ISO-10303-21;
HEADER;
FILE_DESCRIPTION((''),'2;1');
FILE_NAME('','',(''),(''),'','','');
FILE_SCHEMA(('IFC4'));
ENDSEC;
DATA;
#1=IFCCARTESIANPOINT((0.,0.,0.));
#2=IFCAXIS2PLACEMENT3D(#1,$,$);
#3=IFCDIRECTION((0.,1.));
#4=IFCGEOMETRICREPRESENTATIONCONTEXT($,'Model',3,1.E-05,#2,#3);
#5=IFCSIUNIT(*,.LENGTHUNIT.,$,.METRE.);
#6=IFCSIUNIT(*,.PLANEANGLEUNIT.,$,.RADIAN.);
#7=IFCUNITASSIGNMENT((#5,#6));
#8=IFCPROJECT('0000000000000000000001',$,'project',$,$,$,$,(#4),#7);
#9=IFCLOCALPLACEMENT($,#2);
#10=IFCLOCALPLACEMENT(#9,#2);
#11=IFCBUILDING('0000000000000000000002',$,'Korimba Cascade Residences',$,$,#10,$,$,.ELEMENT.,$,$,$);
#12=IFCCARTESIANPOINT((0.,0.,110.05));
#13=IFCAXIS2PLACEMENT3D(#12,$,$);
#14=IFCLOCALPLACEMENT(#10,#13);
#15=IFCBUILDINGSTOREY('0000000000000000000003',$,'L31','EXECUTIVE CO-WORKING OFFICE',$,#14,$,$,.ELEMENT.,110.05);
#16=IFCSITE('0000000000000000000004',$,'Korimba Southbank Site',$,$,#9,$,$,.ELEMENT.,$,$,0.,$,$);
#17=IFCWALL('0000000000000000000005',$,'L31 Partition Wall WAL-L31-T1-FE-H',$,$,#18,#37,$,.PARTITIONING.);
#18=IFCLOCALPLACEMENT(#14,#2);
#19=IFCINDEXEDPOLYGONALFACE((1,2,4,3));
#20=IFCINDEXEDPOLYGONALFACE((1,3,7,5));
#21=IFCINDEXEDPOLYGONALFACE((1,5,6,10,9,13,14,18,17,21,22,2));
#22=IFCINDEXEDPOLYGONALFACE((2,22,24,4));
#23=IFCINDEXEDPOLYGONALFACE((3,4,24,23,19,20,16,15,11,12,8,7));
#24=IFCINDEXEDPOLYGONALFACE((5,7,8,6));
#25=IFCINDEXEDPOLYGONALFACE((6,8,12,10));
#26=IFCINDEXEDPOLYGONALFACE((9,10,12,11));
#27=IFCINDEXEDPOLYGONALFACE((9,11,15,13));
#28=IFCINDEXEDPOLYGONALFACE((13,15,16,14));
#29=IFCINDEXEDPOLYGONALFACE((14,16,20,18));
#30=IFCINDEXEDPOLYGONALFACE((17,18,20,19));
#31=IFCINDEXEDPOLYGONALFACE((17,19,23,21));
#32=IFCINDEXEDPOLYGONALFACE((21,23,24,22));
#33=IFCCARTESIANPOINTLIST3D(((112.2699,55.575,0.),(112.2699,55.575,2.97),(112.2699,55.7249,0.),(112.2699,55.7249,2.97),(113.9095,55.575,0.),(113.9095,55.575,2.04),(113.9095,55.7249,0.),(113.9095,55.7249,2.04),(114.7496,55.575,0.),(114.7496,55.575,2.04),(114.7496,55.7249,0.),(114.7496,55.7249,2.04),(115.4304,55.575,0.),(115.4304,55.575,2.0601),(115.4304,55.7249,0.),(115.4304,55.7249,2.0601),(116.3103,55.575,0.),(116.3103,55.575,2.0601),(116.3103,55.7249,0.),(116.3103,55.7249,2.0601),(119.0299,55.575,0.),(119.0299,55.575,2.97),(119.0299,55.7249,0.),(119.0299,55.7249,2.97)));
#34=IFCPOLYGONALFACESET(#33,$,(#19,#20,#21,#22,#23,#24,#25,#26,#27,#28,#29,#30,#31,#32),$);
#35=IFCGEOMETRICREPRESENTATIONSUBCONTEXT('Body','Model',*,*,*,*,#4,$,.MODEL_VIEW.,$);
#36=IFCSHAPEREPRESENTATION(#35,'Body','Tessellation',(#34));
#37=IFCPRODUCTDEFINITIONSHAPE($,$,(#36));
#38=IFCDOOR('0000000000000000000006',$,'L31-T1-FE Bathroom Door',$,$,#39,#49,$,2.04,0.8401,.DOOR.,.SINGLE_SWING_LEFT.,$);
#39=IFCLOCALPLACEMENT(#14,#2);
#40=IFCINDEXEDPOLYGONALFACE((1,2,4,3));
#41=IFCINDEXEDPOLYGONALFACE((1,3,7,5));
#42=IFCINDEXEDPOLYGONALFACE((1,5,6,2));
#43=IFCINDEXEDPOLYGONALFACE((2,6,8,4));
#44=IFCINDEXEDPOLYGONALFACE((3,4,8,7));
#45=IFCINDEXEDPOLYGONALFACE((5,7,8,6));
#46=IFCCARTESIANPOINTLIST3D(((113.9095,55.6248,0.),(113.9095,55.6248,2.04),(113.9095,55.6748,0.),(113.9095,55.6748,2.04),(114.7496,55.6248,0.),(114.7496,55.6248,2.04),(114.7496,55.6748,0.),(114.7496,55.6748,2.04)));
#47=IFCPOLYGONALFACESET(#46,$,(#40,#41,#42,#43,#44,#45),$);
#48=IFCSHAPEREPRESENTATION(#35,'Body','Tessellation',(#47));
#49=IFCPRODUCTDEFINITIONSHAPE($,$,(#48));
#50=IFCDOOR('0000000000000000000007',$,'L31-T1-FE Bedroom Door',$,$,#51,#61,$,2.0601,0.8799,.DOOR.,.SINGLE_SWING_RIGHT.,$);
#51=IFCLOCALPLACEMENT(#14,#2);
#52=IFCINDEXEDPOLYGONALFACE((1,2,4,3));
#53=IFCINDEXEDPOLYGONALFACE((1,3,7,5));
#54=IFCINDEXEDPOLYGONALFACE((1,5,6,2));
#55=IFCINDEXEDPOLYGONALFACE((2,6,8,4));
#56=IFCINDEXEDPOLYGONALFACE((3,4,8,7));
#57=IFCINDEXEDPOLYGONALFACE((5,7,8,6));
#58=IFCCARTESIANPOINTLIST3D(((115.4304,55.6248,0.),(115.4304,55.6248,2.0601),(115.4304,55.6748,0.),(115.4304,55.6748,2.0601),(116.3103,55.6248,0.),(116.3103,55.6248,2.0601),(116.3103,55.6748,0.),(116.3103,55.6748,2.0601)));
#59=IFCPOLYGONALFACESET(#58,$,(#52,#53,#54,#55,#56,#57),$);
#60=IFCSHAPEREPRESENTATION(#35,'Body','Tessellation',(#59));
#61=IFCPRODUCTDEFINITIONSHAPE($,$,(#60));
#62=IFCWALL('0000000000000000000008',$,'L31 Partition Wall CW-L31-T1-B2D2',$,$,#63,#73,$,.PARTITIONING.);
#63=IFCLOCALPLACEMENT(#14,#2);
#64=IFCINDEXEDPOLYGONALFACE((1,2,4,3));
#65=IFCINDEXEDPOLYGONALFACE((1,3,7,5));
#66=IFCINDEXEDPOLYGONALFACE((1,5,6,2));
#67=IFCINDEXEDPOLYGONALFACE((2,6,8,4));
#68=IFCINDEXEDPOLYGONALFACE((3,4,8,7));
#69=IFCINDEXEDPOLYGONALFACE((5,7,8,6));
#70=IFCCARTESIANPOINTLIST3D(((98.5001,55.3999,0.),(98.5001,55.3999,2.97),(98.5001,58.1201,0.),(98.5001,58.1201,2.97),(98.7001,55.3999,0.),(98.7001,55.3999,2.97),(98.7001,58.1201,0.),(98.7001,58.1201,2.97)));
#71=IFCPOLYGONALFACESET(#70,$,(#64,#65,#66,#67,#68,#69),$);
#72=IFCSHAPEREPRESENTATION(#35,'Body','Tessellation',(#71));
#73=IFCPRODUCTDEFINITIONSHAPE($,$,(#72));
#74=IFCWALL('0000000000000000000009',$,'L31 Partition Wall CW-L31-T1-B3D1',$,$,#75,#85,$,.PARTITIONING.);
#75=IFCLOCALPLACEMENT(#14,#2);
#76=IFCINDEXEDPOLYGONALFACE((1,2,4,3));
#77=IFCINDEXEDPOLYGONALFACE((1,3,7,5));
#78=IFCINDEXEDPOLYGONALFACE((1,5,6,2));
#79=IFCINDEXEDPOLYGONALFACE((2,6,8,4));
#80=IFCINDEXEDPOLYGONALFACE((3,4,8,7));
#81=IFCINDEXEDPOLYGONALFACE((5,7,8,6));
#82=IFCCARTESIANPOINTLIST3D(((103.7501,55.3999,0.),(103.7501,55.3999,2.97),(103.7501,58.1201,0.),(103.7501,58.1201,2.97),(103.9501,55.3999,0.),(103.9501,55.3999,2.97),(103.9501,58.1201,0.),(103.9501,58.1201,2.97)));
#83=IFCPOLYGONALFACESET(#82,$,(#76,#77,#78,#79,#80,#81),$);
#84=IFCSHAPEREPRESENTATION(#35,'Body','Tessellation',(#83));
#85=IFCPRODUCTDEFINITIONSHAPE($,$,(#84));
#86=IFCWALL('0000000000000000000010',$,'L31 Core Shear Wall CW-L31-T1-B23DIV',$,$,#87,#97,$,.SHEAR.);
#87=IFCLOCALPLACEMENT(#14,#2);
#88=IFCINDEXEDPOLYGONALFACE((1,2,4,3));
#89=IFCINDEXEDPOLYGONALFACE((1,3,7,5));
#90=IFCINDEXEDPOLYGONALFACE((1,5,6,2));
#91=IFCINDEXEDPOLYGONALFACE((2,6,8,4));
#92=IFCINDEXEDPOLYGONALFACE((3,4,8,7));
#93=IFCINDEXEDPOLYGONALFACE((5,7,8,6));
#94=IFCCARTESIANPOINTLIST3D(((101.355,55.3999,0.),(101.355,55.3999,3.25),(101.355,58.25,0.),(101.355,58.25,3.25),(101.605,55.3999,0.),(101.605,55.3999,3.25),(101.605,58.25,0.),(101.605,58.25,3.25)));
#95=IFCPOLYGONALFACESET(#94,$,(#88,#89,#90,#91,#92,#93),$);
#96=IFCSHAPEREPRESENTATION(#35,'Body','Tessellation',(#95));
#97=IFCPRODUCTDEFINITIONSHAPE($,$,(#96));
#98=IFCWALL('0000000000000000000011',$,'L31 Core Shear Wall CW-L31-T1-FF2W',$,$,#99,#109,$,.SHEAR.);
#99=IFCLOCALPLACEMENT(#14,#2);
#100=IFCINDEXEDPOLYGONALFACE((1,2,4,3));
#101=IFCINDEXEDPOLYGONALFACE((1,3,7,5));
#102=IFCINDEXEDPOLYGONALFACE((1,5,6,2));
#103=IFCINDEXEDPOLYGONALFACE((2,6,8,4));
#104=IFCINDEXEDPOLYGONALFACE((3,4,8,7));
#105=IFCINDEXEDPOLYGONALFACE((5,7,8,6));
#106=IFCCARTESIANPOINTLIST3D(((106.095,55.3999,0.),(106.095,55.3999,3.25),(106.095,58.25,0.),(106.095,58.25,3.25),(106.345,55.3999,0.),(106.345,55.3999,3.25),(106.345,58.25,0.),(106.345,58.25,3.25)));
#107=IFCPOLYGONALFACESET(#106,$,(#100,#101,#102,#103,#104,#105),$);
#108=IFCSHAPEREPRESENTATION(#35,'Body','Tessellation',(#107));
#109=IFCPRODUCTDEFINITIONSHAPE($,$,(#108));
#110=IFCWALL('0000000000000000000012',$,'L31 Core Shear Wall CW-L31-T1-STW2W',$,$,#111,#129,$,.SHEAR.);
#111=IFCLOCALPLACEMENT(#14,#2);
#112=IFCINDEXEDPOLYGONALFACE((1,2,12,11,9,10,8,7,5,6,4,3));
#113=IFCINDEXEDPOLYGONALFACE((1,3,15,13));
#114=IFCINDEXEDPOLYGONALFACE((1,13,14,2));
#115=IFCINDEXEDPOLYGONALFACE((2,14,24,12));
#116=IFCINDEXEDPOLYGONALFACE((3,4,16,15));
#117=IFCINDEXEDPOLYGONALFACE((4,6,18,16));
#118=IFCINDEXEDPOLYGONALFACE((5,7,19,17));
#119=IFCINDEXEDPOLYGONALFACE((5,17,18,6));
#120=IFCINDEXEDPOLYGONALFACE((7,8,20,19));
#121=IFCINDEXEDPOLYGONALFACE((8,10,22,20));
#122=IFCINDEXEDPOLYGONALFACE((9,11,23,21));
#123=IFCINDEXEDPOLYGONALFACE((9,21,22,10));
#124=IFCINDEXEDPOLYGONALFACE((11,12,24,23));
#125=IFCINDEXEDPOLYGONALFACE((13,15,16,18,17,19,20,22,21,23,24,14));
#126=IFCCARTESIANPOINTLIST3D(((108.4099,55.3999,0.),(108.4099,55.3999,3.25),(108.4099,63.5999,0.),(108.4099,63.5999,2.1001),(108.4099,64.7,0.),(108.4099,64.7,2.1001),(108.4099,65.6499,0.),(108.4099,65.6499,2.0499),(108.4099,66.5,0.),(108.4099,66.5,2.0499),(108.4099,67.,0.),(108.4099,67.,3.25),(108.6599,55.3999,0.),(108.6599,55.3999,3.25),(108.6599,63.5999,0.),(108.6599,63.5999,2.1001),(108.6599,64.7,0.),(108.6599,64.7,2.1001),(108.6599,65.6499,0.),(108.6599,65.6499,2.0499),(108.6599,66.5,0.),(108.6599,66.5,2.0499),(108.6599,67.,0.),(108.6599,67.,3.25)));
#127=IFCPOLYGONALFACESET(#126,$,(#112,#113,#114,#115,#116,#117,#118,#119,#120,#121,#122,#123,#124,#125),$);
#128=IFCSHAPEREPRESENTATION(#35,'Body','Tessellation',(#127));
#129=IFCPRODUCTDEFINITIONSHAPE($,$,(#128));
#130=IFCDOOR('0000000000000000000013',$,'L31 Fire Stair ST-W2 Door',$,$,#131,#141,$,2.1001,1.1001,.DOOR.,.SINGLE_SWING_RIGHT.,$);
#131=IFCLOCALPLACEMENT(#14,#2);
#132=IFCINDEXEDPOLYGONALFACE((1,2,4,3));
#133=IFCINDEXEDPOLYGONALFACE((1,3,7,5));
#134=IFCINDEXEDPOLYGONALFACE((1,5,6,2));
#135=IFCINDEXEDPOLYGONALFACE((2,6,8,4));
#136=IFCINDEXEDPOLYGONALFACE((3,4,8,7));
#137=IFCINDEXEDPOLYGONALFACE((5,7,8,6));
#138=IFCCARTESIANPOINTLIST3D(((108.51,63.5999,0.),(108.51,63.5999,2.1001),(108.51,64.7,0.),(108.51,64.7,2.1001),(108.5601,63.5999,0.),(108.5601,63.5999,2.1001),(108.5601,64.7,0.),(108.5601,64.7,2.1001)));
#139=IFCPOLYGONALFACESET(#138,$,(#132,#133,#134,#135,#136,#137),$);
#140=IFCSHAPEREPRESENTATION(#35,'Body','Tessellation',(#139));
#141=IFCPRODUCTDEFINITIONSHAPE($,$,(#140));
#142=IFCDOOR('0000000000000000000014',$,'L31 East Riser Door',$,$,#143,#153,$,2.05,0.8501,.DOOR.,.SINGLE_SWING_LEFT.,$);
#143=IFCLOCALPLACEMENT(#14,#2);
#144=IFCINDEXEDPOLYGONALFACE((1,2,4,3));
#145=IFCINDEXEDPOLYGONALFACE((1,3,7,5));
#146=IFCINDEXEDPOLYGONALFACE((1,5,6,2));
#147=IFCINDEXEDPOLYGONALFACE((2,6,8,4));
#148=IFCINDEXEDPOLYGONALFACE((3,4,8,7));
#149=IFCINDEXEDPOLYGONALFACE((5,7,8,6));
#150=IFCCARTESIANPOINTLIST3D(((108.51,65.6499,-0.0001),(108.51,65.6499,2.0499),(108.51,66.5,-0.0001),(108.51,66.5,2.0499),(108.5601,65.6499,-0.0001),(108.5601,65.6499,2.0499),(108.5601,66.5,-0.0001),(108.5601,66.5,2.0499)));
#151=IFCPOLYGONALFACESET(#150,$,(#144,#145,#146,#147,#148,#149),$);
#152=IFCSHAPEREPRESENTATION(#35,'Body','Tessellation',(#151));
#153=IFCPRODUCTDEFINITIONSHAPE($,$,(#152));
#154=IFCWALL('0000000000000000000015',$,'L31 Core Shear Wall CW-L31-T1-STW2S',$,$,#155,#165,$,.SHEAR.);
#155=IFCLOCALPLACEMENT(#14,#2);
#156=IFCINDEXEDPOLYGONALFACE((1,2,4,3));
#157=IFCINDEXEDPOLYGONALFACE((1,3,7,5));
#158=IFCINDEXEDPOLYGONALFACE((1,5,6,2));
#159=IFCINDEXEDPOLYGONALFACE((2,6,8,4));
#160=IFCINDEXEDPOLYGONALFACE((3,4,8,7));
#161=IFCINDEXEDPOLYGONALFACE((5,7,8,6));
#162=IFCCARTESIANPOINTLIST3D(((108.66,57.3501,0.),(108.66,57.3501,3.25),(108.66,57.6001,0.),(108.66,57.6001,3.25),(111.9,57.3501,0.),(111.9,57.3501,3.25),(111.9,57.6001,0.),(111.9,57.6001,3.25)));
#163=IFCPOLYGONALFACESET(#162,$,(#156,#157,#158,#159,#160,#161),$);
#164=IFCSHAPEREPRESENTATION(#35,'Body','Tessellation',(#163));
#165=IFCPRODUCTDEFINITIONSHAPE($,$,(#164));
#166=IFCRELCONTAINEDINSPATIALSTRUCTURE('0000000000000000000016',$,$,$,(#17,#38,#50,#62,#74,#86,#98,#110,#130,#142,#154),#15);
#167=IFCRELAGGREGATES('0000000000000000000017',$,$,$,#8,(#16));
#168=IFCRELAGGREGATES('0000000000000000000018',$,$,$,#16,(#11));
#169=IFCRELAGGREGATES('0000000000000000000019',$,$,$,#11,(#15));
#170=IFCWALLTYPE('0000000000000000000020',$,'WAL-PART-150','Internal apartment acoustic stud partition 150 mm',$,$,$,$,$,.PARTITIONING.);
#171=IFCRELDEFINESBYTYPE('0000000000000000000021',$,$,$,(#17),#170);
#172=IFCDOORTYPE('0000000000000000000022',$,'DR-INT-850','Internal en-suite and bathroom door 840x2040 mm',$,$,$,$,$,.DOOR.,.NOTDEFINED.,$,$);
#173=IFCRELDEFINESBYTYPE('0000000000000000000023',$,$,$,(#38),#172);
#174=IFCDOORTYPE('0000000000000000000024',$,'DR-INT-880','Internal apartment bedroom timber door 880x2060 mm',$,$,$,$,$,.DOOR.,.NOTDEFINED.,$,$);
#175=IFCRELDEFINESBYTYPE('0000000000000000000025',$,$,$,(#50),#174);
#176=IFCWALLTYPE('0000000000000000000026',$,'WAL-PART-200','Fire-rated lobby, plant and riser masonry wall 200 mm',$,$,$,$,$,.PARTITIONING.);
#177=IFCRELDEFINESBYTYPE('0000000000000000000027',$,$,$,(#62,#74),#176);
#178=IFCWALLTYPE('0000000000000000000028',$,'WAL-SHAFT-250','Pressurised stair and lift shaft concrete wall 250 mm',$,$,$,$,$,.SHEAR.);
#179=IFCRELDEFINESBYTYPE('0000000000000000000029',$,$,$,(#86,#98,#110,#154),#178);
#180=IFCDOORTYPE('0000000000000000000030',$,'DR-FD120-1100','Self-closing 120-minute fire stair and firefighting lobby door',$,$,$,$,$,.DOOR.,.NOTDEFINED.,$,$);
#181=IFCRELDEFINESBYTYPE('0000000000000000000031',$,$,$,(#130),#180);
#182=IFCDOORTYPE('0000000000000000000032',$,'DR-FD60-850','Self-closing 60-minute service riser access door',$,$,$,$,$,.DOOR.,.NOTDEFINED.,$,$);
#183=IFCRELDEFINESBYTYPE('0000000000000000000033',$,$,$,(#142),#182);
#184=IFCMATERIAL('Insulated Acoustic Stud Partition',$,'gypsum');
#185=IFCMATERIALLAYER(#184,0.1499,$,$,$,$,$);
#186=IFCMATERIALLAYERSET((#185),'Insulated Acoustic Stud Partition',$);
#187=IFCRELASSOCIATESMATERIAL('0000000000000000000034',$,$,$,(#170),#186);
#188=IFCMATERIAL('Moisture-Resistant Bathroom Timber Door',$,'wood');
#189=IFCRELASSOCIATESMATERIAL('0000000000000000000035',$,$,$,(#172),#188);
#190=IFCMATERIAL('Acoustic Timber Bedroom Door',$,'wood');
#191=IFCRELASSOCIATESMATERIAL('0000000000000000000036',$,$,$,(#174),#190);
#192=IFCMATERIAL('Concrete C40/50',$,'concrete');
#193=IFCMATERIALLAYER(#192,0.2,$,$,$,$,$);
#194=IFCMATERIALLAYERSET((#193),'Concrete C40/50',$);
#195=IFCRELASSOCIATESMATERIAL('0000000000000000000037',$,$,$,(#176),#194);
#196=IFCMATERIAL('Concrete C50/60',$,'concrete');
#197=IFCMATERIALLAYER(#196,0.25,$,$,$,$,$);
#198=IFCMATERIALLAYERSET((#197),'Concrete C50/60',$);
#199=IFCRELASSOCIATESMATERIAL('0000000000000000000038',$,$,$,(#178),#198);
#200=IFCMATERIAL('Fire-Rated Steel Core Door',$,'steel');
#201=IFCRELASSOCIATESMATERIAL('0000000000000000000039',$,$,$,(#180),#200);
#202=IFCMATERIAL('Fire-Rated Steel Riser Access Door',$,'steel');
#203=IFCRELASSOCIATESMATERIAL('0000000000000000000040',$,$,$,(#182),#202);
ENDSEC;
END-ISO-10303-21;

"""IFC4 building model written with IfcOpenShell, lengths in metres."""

from ifc_helpers import new_model, si_unit, direction, frame, frame_2d, origin, place, context, subcontext, project, spatial, rectangle, extrude, material, layer, layer_set, type_object, element, fill, save


model = new_model("IFC4")

# Units and contexts
model_context = context("Model", 3, precision=1e-05, world=origin(), true_north=direction((0.0, 1.0)))
body_context = subcontext(model_context, "Body", "Model", "MODEL_VIEW")
ifc_project = project(units=[si_unit("LENGTHUNIT", "METRE"), si_unit("PLANEANGLEUNIT", "RADIAN")], contexts=[model_context])

# Site, building, storey
site_placement = place(None, origin())
site = spatial("IfcSite", under=ifc_project, at=site_placement, Name="Korimba Southbank Site", CompositionType="ELEMENT", RefElevation=0.0)
building_placement = place(site_placement, origin())
building = spatial("IfcBuilding", under=site, at=building_placement, Name="Korimba Cascade Residences", CompositionType="ELEMENT")
storey_placement = place(building_placement, frame((0.0, 0.0, 110.05)))
storey = spatial("IfcBuildingStorey", under=building, at=storey_placement, Name="L31", Description="EXECUTIVE CO-WORKING OFFICE", CompositionType="ELEMENT", Elevation=110.05)

# Shared definitions
ifc_material_1 = material(Name="Insulated Acoustic Stud Partition", Category="gypsum")
ifc_layer_1 = layer(ifc_material_1, 0.1499)
ifc_layer_set_1 = layer_set([ifc_layer_1], Name="Insulated Acoustic Stud Partition")
wall_type_1 = type_object("IfcWallType", Name="WAL-PART-150", Description="Internal apartment acoustic stud partition 150 mm", PredefinedType="PARTITIONING", material=ifc_layer_set_1)

# Wall, openings, doors
wall_1_placement = place(storey_placement, frame((112.27, 55.6499, 0.0), z_axis=(0.0, 0.0, 1.0), x_axis=(1.0, 0.0, 0.0)))
wall_1 = element("IfcWall", 1, at=wall_1_placement, inside=storey, type_object=wall_type_1, Name="L31 Partition Wall WAL-L31-T1-FE-H", PredefinedType="PARTITIONING", context=body_context, shape_type="SweptSolid", body=[
    extrude(rectangle(XDim=6.76, YDim=0.1499, at=frame_2d((3.3799, 0.0))), origin(), (0.0, 0.0, 1.0), 2.97),
])
opening_1_placement = place(wall_1_placement, frame((1.6396, 0.0, 0.0)))
opening_1 = element("IfcOpeningElement", 2, at=opening_1_placement, cuts=wall_1, PredefinedType="OPENING", context=body_context, shape_type="SweptSolid", body=[
    extrude(rectangle(XDim=0.8401, YDim=2.04, at=frame_2d((0.4199, 1.02))), frame((0.0, 0.085, 0.0), z_axis=(0.0, -1.0, 0.0), x_axis=(1.0, 0.0, 0.0)), (0.0, 0.0, 1.0), 0.1699),
])
opening_2_placement = place(wall_1_placement, frame((3.1604, 0.0, 0.0)))
opening_2 = element("IfcOpeningElement", 3, at=opening_2_placement, cuts=wall_1, PredefinedType="OPENING", context=body_context, shape_type="SweptSolid", body=[
    extrude(rectangle(XDim=0.8799, YDim=2.0601, at=frame_2d((0.4399, 1.03))), frame((0.0, 0.085, 0.0), z_axis=(0.0, -1.0, 0.0), x_axis=(1.0, 0.0, 0.0)), (0.0, 0.0, 1.0), 0.1699),
])
ifc_material_2 = material(Name="Moisture-Resistant Bathroom Timber Door", Category="wood")
door_type_1 = type_object("IfcDoorType", Name="DR-INT-850", Description="Internal en-suite and bathroom door 840x2040 mm", OperationType="NOTDEFINED", PredefinedType="DOOR", material=ifc_material_2)
door_1_placement = place(opening_1_placement, origin())
door_1 = element("IfcDoor", 4, at=door_1_placement, inside=storey, type_object=door_type_1, Name="L31-T1-FE Bathroom Door", OperationType="SINGLE_SWING_LEFT", OverallHeight=2.04, OverallWidth=0.8401, PredefinedType="DOOR", context=body_context, shape_type="SweptSolid", body=[
    extrude(rectangle(XDim=0.8401, YDim=2.04, at=frame_2d((0.4199, 1.02))), frame((0.0, 0.0249, 0.0), z_axis=(0.0, -1.0, 0.0), x_axis=(1.0, 0.0, 0.0)), (0.0, 0.0, 1.0), 0.05),
])
fill(opening_1, door_1)
ifc_material_3 = material(Name="Acoustic Timber Bedroom Door", Category="wood")
door_type_2 = type_object("IfcDoorType", Name="DR-INT-880", Description="Internal apartment bedroom timber door 880x2060 mm", OperationType="NOTDEFINED", PredefinedType="DOOR", material=ifc_material_3)
door_2_placement = place(opening_2_placement, origin())
door_2 = element("IfcDoor", 5, at=door_2_placement, inside=storey, type_object=door_type_2, Name="L31-T1-FE Bedroom Door", OperationType="SINGLE_SWING_RIGHT", OverallHeight=2.0601, OverallWidth=0.8799, PredefinedType="DOOR", context=body_context, shape_type="SweptSolid", body=[
    extrude(rectangle(XDim=0.8799, YDim=2.0601, at=frame_2d((0.4399, 1.03))), frame((0.0, 0.0249, 0.0), z_axis=(0.0, -1.0, 0.0), x_axis=(1.0, 0.0, 0.0)), (0.0, 0.0, 1.0), 0.05),
])
fill(opening_2, door_2)

# Walls
ifc_material_4 = material(Name="Concrete C40/50", Category="concrete")
ifc_layer_2 = layer(ifc_material_4, 0.2)
ifc_layer_set_2 = layer_set([ifc_layer_2], Name="Concrete C40/50")
wall_type_2 = type_object("IfcWallType", Name="WAL-PART-200", Description="Fire-rated lobby, plant and riser masonry wall 200 mm", PredefinedType="PARTITIONING", material=ifc_layer_set_2)
for number, where, z_axis, x_axis, name in (
    (6, (98.6001, 55.3999, 0.0), (0.0, 0.0, 1.0), (0.0, 1.0, 0.0), "L31 Partition Wall CW-L31-T1-B2D2"),
    (7, (103.8501, 55.3999, 0.0), (0.0, 0.0, 1.0), (0.0, 1.0, 0.0), "L31 Partition Wall CW-L31-T1-B3D1"),
):
    element("IfcWall", number, at=place(storey_placement, frame(where, z_axis=z_axis, x_axis=x_axis)), inside=storey, type_object=wall_type_2, Name=name, PredefinedType="PARTITIONING", context=body_context, shape_type="SweptSolid", body=[
        extrude(rectangle(XDim=2.7202, YDim=0.2, at=frame_2d((1.3601, 0.0))), origin(), (0.0, 0.0, 1.0), 2.97),
    ])
ifc_material_5 = material(Name="Concrete C50/60", Category="concrete")
ifc_layer_3 = layer(ifc_material_5, 0.25)
ifc_layer_set_3 = layer_set([ifc_layer_3], Name="Concrete C50/60")
wall_type_3 = type_object("IfcWallType", Name="WAL-SHAFT-250", Description="Pressurised stair and lift shaft concrete wall 250 mm", PredefinedType="SHEAR", material=ifc_layer_set_3)
for number, where, z_axis, x_axis, name in (
    (8, (101.48, 55.3999, 0.0), (0.0, 0.0, 1.0), (0.0, 1.0, 0.0), "L31 Core Shear Wall CW-L31-T1-B23DIV"),
    (9, (106.22, 55.3999, 0.0), (0.0, 0.0, 1.0), (0.0, 1.0, 0.0), "L31 Core Shear Wall CW-L31-T1-FF2W"),
):
    element("IfcWall", number, at=place(storey_placement, frame(where, z_axis=z_axis, x_axis=x_axis)), inside=storey, type_object=wall_type_3, Name=name, PredefinedType="SHEAR", context=body_context, shape_type="SweptSolid", body=[
        extrude(rectangle(XDim=2.8501, YDim=0.25, at=frame_2d((1.425, 0.0))), origin(), (0.0, 0.0, 1.0), 3.25),
    ])

# Wall, openings, doors
wall_2_placement = place(storey_placement, frame((108.5349, 55.3999, 0.0), z_axis=(0.0, 0.0, 1.0), x_axis=(0.0, 1.0, 0.0)))
wall_2 = element("IfcWall", 10, at=wall_2_placement, inside=storey, type_object=wall_type_3, Name="L31 Core Shear Wall CW-L31-T1-STW2W", PredefinedType="SHEAR", context=body_context, shape_type="SweptSolid", body=[
    extrude(rectangle(XDim=11.6001, YDim=0.25, at=frame_2d((5.8, 0.0))), origin(), (0.0, 0.0, 1.0), 3.25),
])
opening_3_placement = place(wall_2_placement, frame((8.2, 0.0, 0.0)))
opening_3 = element("IfcOpeningElement", 11, at=opening_3_placement, cuts=wall_2, PredefinedType="OPENING", context=body_context, shape_type="SweptSolid", body=[
    extrude(rectangle(XDim=1.1001, YDim=2.1001, at=frame_2d((0.55, 1.05))), frame((0.0, 0.135, 0.0), z_axis=(0.0, -1.0, 0.0), x_axis=(1.0, 0.0, 0.0)), (0.0, 0.0, 1.0), 0.27),
])
opening_4_placement = place(wall_2_placement, frame((10.25, 0.0, 0.0)))
opening_4 = element("IfcOpeningElement", 12, at=opening_4_placement, cuts=wall_2, PredefinedType="OPENING", context=body_context, shape_type="SweptSolid", body=[
    extrude(rectangle(XDim=0.8501, YDim=2.05, at=frame_2d((0.425, 1.0249))), frame((0.0, 0.135, 0.0), z_axis=(0.0, -1.0, 0.0), x_axis=(1.0, 0.0, 0.0)), (0.0, 0.0, 1.0), 0.27),
])
ifc_material_6 = material(Name="Fire-Rated Steel Core Door", Category="steel")
door_type_3 = type_object("IfcDoorType", Name="DR-FD120-1100", Description="Self-closing 120-minute fire stair and firefighting lobby door", OperationType="NOTDEFINED", PredefinedType="DOOR", material=ifc_material_6)
door_3_placement = place(opening_3_placement, origin())
door_3 = element("IfcDoor", 13, at=door_3_placement, inside=storey, type_object=door_type_3, Name="L31 Fire Stair ST-W2 Door", OperationType="SINGLE_SWING_RIGHT", OverallHeight=2.1001, OverallWidth=1.1001, PredefinedType="DOOR", context=body_context, shape_type="SweptSolid", body=[
    extrude(rectangle(XDim=1.1001, YDim=2.1001, at=frame_2d((0.55, 1.05))), frame((0.0, 0.0249, 0.0), z_axis=(0.0, -1.0, 0.0), x_axis=(1.0, 0.0, 0.0)), (0.0, 0.0, 1.0), 0.05),
])
fill(opening_3, door_3)
ifc_material_7 = material(Name="Fire-Rated Steel Riser Access Door", Category="steel")
door_type_4 = type_object("IfcDoorType", Name="DR-FD60-850", Description="Self-closing 60-minute service riser access door", OperationType="NOTDEFINED", PredefinedType="DOOR", material=ifc_material_7)
door_4_placement = place(opening_4_placement, origin())
door_4 = element("IfcDoor", 14, at=door_4_placement, inside=storey, type_object=door_type_4, Name="L31 East Riser Door", OperationType="SINGLE_SWING_LEFT", OverallHeight=2.05, OverallWidth=0.8501, PredefinedType="DOOR", context=body_context, shape_type="SweptSolid", body=[
    extrude(rectangle(XDim=0.8501, YDim=2.05, at=frame_2d((0.425, 1.0249))), frame((0.0, 0.0249, 0.0), z_axis=(0.0, -1.0, 0.0), x_axis=(1.0, 0.0, 0.0)), (0.0, 0.0, 1.0), 0.05),
])
fill(opening_4, door_4)

# Wall
wall_3_placement = place(storey_placement, frame((108.6599, 57.4751, 0.0), z_axis=(0.0, 0.0, 1.0), x_axis=(1.0, 0.0, 0.0)))
element("IfcWall", 15, at=wall_3_placement, inside=storey, type_object=wall_type_3, Name="L31 Core Shear Wall CW-L31-T1-STW2S", PredefinedType="SHEAR", context=body_context, shape_type="SweptSolid", body=[
    extrude(rectangle(XDim=3.24, YDim=0.25, at=frame_2d((1.6201, 0.0))), origin(), (0.0, 0.0, 1.0), 3.25),
])

save(model, "model.ifc")
